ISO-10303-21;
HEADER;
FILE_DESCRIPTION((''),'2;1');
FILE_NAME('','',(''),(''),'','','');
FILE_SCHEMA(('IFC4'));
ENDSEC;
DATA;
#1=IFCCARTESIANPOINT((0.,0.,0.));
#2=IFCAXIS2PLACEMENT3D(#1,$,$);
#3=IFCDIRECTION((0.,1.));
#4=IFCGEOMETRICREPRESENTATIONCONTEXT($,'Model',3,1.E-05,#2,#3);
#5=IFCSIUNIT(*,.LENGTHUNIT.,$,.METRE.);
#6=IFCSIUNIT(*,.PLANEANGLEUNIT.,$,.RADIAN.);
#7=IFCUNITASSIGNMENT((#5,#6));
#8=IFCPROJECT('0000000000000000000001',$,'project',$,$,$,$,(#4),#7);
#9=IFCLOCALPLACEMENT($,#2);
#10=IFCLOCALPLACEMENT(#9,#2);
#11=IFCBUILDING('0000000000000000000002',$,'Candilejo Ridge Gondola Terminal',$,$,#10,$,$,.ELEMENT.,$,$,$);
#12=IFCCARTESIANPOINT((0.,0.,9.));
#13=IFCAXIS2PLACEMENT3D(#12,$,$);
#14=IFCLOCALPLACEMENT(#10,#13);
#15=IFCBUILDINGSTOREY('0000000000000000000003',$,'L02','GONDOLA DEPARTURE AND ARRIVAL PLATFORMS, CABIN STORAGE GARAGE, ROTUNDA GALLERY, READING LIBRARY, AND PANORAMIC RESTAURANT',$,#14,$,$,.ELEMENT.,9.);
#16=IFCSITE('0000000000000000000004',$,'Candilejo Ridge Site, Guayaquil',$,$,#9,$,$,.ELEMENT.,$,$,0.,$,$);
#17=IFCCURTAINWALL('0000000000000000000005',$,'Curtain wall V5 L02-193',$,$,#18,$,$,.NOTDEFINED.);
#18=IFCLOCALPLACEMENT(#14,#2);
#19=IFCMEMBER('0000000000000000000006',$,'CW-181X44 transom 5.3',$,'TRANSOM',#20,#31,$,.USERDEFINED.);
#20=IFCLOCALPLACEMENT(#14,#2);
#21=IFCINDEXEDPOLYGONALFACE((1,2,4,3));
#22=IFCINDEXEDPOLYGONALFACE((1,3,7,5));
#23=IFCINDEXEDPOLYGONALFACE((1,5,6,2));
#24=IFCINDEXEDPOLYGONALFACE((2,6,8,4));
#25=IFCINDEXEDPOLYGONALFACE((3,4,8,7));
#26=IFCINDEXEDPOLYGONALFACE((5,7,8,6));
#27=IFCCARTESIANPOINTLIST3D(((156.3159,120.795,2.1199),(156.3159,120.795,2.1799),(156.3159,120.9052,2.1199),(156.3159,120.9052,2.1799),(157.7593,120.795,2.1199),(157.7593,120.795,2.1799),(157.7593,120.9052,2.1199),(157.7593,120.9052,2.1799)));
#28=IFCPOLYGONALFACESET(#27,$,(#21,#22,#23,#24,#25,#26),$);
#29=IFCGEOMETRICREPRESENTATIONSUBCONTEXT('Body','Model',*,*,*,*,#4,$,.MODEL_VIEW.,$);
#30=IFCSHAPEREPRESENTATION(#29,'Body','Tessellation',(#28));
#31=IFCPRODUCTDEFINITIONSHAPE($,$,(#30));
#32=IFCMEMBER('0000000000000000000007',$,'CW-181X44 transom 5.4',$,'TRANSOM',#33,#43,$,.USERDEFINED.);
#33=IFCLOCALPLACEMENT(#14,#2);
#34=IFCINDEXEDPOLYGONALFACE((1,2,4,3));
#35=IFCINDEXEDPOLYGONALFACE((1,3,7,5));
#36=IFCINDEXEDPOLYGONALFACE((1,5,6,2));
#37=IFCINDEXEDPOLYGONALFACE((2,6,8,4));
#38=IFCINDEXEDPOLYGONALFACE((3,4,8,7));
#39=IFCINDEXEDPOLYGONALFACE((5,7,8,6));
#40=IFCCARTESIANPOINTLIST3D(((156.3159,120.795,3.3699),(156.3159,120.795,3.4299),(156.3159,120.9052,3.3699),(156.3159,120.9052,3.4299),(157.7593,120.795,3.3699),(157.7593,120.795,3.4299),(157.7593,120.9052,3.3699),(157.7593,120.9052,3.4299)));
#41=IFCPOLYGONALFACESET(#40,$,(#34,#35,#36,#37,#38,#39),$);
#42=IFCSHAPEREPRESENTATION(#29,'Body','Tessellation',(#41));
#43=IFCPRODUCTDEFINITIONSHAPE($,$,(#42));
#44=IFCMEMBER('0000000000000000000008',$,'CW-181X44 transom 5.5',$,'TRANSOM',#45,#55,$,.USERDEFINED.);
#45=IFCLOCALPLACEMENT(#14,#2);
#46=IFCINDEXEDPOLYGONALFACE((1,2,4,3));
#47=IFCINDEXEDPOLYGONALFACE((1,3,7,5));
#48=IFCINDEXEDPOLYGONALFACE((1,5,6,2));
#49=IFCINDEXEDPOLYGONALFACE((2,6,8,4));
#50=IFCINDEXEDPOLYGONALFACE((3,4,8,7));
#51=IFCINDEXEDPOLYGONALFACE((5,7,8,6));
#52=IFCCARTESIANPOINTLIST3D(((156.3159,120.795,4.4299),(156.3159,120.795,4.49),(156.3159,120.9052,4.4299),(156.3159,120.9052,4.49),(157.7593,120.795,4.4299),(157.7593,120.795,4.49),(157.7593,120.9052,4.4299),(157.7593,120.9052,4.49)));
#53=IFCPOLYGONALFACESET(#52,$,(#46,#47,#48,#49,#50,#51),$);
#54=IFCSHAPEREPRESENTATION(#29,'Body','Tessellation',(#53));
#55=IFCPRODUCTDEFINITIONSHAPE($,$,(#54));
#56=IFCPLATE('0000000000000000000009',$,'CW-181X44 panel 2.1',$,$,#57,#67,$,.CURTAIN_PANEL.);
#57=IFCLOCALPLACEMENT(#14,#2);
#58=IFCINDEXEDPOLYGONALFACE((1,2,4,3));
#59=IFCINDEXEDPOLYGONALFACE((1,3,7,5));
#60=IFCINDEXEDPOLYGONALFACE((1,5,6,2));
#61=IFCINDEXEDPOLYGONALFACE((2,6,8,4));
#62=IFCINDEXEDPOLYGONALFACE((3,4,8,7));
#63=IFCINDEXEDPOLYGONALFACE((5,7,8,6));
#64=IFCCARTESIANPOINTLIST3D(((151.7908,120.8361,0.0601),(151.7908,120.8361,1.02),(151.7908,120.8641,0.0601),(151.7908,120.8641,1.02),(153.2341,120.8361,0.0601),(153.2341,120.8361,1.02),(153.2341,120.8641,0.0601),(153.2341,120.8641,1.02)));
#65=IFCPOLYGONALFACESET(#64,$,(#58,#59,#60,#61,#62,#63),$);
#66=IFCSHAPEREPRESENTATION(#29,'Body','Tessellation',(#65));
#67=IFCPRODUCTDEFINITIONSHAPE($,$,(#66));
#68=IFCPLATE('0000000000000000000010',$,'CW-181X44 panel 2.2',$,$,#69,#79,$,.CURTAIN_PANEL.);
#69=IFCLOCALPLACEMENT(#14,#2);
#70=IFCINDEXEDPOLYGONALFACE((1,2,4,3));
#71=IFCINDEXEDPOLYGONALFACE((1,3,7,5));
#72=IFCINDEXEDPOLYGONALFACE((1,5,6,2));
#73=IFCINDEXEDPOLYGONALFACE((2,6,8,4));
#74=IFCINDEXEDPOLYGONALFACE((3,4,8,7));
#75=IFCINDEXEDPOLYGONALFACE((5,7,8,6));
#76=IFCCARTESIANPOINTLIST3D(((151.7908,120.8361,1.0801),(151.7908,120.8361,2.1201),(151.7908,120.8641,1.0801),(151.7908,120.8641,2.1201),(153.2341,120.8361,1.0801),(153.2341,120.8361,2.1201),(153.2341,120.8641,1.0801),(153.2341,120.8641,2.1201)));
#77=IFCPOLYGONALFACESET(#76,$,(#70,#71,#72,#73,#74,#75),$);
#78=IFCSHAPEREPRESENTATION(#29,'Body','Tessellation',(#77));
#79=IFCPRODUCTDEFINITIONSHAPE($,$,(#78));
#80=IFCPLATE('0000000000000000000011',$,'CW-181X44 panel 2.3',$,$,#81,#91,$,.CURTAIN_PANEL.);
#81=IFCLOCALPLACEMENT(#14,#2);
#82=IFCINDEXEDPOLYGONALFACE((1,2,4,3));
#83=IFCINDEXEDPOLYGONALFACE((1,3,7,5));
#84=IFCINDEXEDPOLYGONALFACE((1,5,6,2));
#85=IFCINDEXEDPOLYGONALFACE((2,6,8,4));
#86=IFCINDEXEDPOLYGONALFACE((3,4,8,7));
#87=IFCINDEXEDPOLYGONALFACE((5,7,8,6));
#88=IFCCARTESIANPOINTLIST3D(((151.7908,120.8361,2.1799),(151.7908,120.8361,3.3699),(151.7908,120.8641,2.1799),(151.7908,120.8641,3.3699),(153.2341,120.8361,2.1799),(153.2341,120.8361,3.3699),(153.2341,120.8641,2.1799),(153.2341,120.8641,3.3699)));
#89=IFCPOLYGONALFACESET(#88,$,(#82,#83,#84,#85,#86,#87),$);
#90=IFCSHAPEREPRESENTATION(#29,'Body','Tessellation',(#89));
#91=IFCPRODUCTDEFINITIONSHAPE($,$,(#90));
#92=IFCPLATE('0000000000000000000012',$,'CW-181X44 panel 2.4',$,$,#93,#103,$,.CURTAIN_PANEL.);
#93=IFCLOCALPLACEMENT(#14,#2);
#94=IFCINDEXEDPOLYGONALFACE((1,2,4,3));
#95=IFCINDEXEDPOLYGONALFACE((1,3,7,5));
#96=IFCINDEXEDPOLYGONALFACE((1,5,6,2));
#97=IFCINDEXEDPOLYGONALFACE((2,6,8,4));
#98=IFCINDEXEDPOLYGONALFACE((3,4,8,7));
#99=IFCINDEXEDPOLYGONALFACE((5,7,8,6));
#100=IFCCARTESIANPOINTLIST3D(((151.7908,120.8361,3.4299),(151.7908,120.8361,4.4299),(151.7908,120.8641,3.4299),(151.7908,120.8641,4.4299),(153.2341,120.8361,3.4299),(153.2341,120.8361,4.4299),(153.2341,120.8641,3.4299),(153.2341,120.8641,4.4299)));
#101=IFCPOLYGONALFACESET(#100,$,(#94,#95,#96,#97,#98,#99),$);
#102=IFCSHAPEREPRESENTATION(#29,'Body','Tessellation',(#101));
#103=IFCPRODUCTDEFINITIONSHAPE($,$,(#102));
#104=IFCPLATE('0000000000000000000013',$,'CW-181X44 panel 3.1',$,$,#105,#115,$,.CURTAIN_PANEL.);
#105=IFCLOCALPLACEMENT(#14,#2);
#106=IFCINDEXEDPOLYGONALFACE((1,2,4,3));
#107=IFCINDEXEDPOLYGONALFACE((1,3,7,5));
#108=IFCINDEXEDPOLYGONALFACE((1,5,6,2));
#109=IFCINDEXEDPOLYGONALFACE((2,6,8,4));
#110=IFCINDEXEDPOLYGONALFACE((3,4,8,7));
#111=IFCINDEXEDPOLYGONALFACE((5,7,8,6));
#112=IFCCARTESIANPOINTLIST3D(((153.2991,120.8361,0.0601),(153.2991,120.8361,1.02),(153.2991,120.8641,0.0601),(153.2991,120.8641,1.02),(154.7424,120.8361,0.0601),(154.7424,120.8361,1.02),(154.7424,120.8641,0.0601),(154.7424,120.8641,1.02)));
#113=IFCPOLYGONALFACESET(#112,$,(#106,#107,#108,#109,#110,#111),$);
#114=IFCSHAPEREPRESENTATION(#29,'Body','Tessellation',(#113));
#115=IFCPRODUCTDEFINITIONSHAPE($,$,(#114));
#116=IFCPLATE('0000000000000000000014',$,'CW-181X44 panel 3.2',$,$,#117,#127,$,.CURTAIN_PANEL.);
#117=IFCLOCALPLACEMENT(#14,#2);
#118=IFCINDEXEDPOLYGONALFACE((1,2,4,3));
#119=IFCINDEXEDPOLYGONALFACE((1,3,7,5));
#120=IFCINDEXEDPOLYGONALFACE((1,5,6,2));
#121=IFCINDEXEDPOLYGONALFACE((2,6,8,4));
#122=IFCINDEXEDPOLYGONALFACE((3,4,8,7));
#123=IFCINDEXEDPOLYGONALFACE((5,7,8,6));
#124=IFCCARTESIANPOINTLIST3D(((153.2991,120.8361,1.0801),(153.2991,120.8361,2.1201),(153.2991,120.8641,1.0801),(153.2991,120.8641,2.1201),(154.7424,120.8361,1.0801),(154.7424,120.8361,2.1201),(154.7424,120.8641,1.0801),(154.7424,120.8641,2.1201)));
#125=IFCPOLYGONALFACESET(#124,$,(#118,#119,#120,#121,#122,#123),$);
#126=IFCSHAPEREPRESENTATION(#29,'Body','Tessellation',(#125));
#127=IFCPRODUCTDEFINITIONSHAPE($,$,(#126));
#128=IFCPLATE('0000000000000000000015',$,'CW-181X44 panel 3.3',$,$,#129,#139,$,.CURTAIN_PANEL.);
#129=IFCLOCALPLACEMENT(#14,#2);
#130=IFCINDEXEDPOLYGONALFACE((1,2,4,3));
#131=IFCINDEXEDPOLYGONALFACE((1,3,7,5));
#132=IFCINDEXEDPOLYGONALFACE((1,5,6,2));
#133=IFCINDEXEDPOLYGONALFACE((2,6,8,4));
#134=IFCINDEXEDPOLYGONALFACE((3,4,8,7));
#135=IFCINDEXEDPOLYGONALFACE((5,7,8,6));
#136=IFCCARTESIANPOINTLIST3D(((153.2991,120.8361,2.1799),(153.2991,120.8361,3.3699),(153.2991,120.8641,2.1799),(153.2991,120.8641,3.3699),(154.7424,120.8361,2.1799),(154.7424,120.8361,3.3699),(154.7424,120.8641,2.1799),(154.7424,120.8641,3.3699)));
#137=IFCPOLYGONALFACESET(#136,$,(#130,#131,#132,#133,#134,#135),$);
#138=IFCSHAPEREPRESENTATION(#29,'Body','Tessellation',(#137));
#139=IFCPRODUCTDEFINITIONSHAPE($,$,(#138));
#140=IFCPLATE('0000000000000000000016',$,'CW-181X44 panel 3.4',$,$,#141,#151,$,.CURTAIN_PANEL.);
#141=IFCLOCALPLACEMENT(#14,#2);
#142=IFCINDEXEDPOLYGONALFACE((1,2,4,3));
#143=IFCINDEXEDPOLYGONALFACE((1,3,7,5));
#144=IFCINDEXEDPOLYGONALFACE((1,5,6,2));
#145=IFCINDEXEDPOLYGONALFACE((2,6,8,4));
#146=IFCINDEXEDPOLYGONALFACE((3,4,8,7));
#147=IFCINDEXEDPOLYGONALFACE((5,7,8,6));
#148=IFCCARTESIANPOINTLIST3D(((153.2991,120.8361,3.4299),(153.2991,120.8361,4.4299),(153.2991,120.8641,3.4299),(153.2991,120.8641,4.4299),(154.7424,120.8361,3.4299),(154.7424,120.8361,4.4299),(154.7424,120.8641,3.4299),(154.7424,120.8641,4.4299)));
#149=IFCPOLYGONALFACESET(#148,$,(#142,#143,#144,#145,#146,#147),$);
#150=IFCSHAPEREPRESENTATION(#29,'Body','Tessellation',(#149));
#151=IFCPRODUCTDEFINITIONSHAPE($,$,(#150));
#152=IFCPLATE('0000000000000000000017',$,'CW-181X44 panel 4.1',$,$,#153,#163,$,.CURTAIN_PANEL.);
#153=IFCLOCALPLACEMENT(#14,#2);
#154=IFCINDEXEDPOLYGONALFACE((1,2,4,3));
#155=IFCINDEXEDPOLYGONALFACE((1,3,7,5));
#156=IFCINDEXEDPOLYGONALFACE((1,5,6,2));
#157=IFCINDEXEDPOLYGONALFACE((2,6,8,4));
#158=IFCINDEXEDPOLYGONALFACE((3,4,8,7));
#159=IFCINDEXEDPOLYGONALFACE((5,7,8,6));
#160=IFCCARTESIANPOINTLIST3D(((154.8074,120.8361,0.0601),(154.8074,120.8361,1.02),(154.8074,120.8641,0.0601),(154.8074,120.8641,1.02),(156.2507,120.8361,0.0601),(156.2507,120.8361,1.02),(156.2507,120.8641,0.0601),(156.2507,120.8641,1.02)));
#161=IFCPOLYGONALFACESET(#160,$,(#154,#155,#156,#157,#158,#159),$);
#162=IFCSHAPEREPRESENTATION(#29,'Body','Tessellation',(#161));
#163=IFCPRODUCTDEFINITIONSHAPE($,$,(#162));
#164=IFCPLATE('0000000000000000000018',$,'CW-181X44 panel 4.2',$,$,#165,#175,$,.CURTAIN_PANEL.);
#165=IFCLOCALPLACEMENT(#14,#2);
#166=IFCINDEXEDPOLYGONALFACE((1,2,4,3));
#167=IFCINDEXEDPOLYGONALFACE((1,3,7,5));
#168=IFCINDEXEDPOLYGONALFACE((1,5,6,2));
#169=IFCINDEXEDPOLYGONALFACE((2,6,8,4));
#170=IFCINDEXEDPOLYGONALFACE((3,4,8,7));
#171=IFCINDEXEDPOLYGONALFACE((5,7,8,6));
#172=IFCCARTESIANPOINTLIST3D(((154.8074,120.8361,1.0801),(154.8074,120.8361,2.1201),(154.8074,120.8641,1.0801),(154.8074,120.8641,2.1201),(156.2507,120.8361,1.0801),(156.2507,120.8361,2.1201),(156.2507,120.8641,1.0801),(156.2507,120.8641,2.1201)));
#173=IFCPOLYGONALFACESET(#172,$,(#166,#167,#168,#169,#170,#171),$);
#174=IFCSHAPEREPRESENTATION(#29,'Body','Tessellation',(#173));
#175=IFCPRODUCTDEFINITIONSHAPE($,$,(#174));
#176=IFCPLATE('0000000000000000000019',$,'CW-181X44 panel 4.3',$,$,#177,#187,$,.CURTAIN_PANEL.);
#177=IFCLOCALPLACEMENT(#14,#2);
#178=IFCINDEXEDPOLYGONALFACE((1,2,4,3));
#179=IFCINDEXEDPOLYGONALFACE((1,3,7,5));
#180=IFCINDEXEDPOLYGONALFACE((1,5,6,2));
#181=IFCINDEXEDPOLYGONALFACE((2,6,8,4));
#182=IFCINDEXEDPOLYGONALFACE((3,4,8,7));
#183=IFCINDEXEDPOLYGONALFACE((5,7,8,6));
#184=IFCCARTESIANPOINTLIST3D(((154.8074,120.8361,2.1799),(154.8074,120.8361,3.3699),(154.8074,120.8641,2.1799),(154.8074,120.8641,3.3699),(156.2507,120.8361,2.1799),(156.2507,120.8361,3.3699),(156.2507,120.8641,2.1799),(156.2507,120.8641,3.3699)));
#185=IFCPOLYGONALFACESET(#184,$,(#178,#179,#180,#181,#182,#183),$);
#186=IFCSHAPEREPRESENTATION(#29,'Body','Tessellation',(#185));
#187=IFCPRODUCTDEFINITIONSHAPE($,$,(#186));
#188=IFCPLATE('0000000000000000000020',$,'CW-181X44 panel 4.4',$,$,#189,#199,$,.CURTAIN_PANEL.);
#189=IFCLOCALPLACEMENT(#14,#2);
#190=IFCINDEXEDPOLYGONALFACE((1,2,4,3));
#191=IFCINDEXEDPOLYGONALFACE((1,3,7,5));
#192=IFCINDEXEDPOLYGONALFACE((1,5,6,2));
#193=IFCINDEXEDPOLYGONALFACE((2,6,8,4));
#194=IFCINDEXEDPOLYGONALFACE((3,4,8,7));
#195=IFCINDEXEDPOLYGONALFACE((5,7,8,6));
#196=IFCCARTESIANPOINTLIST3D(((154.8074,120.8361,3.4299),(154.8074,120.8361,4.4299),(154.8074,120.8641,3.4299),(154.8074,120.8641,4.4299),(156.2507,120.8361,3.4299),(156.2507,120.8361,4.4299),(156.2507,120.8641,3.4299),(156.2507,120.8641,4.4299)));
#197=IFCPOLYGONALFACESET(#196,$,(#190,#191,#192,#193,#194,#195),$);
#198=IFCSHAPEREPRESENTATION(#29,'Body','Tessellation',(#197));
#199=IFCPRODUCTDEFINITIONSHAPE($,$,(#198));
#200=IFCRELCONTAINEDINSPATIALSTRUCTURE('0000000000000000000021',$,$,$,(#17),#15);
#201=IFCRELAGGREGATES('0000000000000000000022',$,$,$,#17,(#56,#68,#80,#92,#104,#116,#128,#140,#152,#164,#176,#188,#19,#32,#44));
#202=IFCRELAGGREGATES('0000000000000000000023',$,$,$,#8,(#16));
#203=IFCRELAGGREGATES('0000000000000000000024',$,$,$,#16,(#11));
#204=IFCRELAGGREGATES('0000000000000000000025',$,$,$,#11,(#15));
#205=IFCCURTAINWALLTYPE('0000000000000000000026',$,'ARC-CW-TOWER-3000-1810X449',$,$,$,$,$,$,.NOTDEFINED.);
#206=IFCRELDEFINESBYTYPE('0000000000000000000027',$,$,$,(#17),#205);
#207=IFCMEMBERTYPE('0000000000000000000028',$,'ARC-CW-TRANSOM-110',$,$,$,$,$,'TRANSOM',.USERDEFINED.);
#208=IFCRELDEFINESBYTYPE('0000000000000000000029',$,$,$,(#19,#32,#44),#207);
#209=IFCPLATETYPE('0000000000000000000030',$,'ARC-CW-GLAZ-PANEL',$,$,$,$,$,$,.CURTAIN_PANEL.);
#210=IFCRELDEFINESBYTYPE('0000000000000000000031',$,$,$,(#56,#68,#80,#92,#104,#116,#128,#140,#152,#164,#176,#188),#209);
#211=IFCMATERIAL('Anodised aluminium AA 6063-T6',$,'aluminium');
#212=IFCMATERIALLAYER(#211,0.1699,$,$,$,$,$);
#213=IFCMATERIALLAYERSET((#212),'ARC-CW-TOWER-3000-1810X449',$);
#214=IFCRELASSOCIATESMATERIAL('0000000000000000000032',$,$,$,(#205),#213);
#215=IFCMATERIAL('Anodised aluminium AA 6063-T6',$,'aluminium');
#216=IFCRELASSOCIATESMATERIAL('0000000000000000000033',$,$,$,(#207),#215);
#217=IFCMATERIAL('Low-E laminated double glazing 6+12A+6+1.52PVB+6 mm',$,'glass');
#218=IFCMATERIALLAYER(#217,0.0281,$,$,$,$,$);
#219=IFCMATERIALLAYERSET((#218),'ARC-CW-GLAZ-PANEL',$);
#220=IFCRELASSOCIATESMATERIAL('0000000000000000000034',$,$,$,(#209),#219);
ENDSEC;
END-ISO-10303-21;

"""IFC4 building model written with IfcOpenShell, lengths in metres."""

from ifc_helpers import new_model, si_unit, direction, frame, origin, origin_2d, place, context, subcontext, project, spatial, rectangle, extrude, material, layer, layer_set, material_profile, profile_set, type_object, element, aggregate, save


model = new_model("IFC4")

# Units and contexts
model_context = context("Model", 3, precision=1e-05, world=origin(), true_north=direction((0.0, 1.0)))
body_context = subcontext(model_context, "Body", "Model", "MODEL_VIEW")
ifc_project = project(units=[si_unit("LENGTHUNIT", "METRE"), si_unit("PLANEANGLEUNIT", "RADIAN")], contexts=[model_context])

# Site, building, storey
site_placement = place(None, origin())
site = spatial("IfcSite", under=ifc_project, at=site_placement, Name="Candilejo Ridge Site, Guayaquil", CompositionType="ELEMENT", RefElevation=0.0)
building_placement = place(site_placement, origin())
building = spatial("IfcBuilding", under=site, at=building_placement, Name="Candilejo Ridge Gondola Terminal", CompositionType="ELEMENT")
storey_placement = place(building_placement, frame((0.0, 0.0, 9.0)))
storey = spatial("IfcBuildingStorey", under=building, at=storey_placement, Name="L02", Description="GONDOLA DEPARTURE AND ARRIVAL PLATFORMS, CABIN STORAGE GARAGE, ROTUNDA GALLERY, READING LIBRARY, AND PANORAMIC RESTAURANT", CompositionType="ELEMENT", Elevation=9.0)

# Curtain wall, members, plates
ifc_material_1 = material(Name="Anodised aluminium AA 6063-T6", Category="aluminium")
ifc_layer_1 = layer(ifc_material_1, 0.1699)
ifc_layer_set_1 = layer_set([ifc_layer_1], Name="ARC-CW-TOWER-3000-1810X449")
curtain_wall_type = type_object("IfcCurtainWallType", Name="ARC-CW-TOWER-3000-1810X449", PredefinedType="NOTDEFINED", material=ifc_layer_set_1)
curtain_wall_placement = place(storey_placement, origin())
curtain_wall = element("IfcCurtainWall", 1, at=curtain_wall_placement, inside=storey, type_object=curtain_wall_type, Name="Curtain wall V5 L02-193", PredefinedType="NOTDEFINED")
ifc_material_2 = material(Name="Anodised aluminium AA 6063-T6", Category="aluminium")
ifc_material_profile_1 = material_profile(ifc_material_2, rectangle(XDim=0.1101, YDim=0.0601, at=origin_2d()))
ifc_profile_set_1 = profile_set([ifc_material_profile_1], Name="Anodised aluminium AA 6063-T6")
member_type_1 = type_object("IfcMemberType", Name="ARC-CW-TRANSOM-110", ElementType="TRANSOM", PredefinedType="USERDEFINED", material=ifc_profile_set_1)
member_1_placement = place(storey_placement, frame((156.3159, 120.8501, 2.1499), z_axis=(1.0, 0.0, 0.0), x_axis=(0.0, 1.0, 0.0)))
member_1 = element("IfcMember", 2, at=member_1_placement, type_object=member_type_1, Name="CW-181X44 transom 5.3", ObjectType="TRANSOM", PredefinedType="USERDEFINED", context=body_context, shape_type="SweptSolid", body=[
    extrude(rectangle(XDim=0.1101, YDim=0.0601, at=origin_2d()), origin(), (0.0, 0.0, 1.0), 1.4434),
])
member_2_placement = place(storey_placement, frame((156.3159, 120.8501, 3.3999), z_axis=(1.0, 0.0, 0.0), x_axis=(0.0, 1.0, 0.0)))
member_2 = element("IfcMember", 3, at=member_2_placement, type_object=member_type_1, Name="CW-181X44 transom 5.4", ObjectType="TRANSOM", PredefinedType="USERDEFINED", context=body_context, shape_type="SweptSolid", body=[
    extrude(rectangle(XDim=0.1101, YDim=0.0601, at=origin_2d()), origin(), (0.0, 0.0, 1.0), 1.4434),
])
member_3_placement = place(storey_placement, frame((156.3159, 120.8501, 4.46), z_axis=(1.0, 0.0, 0.0), x_axis=(0.0, 1.0, 0.0)))
member_3 = element("IfcMember", 4, at=member_3_placement, type_object=member_type_1, Name="CW-181X44 transom 5.5", ObjectType="TRANSOM", PredefinedType="USERDEFINED", context=body_context, shape_type="SweptSolid", body=[
    extrude(rectangle(XDim=0.1101, YDim=0.0601, at=origin_2d()), origin(), (0.0, 0.0, 1.0), 1.4434),
])
ifc_material_3 = material(Name="Low-E laminated double glazing 6+12A+6+1.52PVB+6 mm", Category="glass")
ifc_layer_2 = layer(ifc_material_3, 0.0281)
ifc_layer_set_2 = layer_set([ifc_layer_2], Name="ARC-CW-GLAZ-PANEL")
plate_type = type_object("IfcPlateType", Name="ARC-CW-GLAZ-PANEL", PredefinedType="CURTAIN_PANEL", material=ifc_layer_set_2)
plate_1_placement = place(storey_placement, frame((152.5125, 120.8501, 0.0601), z_axis=(0.0, 0.0, 1.0), x_axis=(1.0, 0.0, 0.0)))
plate_1 = element("IfcPlate", 5, at=plate_1_placement, type_object=plate_type, Name="CW-181X44 panel 2.1", PredefinedType="CURTAIN_PANEL", context=body_context, shape_type="SweptSolid", body=[
    extrude(rectangle(XDim=1.4434, YDim=0.0281, at=origin_2d()), origin(), (0.0, 0.0, 1.0), 0.96),
])
plate_2_placement = place(storey_placement, frame((152.5125, 120.8501, 1.0801), z_axis=(0.0, 0.0, 1.0), x_axis=(1.0, 0.0, 0.0)))
plate_2 = element("IfcPlate", 6, at=plate_2_placement, type_object=plate_type, Name="CW-181X44 panel 2.2", PredefinedType="CURTAIN_PANEL", context=body_context, shape_type="SweptSolid", body=[
    extrude(rectangle(XDim=1.4434, YDim=0.0281, at=origin_2d()), origin(), (0.0, 0.0, 1.0), 1.04),
])
plate_3_placement = place(storey_placement, frame((152.5125, 120.8501, 2.1799), z_axis=(0.0, 0.0, 1.0), x_axis=(1.0, 0.0, 0.0)))
plate_3 = element("IfcPlate", 7, at=plate_3_placement, type_object=plate_type, Name="CW-181X44 panel 2.3", PredefinedType="CURTAIN_PANEL", context=body_context, shape_type="SweptSolid", body=[
    extrude(rectangle(XDim=1.4434, YDim=0.0281, at=origin_2d()), origin(), (0.0, 0.0, 1.0), 1.1899),
])
plate_4_placement = place(storey_placement, frame((152.5125, 120.8501, 3.4299), z_axis=(0.0, 0.0, 1.0), x_axis=(1.0, 0.0, 0.0)))
plate_4 = element("IfcPlate", 8, at=plate_4_placement, type_object=plate_type, Name="CW-181X44 panel 2.4", PredefinedType="CURTAIN_PANEL", context=body_context, shape_type="SweptSolid", body=[
    extrude(rectangle(XDim=1.4434, YDim=0.0281, at=origin_2d()), origin(), (0.0, 0.0, 1.0), 1.0),
])
plate_5_placement = place(storey_placement, frame((154.0208, 120.8501, 0.0601), z_axis=(0.0, 0.0, 1.0), x_axis=(1.0, 0.0, 0.0)))
plate_5 = element("IfcPlate", 9, at=plate_5_placement, type_object=plate_type, Name="CW-181X44 panel 3.1", PredefinedType="CURTAIN_PANEL", context=body_context, shape_type="SweptSolid", body=[
    extrude(rectangle(XDim=1.4434, YDim=0.0281, at=origin_2d()), origin(), (0.0, 0.0, 1.0), 0.96),
])
plate_6_placement = place(storey_placement, frame((154.0208, 120.8501, 1.0801), z_axis=(0.0, 0.0, 1.0), x_axis=(1.0, 0.0, 0.0)))
plate_6 = element("IfcPlate", 10, at=plate_6_placement, type_object=plate_type, Name="CW-181X44 panel 3.2", PredefinedType="CURTAIN_PANEL", context=body_context, shape_type="SweptSolid", body=[
    extrude(rectangle(XDim=1.4434, YDim=0.0281, at=origin_2d()), origin(), (0.0, 0.0, 1.0), 1.04),
])
plate_7_placement = place(storey_placement, frame((154.0208, 120.8501, 2.1799), z_axis=(0.0, 0.0, 1.0), x_axis=(1.0, 0.0, 0.0)))
plate_7 = element("IfcPlate", 11, at=plate_7_placement, type_object=plate_type, Name="CW-181X44 panel 3.3", PredefinedType="CURTAIN_PANEL", context=body_context, shape_type="SweptSolid", body=[
    extrude(rectangle(XDim=1.4434, YDim=0.0281, at=origin_2d()), origin(), (0.0, 0.0, 1.0), 1.1899),
])
plate_8_placement = place(storey_placement, frame((154.0208, 120.8501, 3.4299), z_axis=(0.0, 0.0, 1.0), x_axis=(1.0, 0.0, 0.0)))
plate_8 = element("IfcPlate", 12, at=plate_8_placement, type_object=plate_type, Name="CW-181X44 panel 3.4", PredefinedType="CURTAIN_PANEL", context=body_context, shape_type="SweptSolid", body=[
    extrude(rectangle(XDim=1.4434, YDim=0.0281, at=origin_2d()), origin(), (0.0, 0.0, 1.0), 1.0),
])
plate_9_placement = place(storey_placement, frame((155.5291, 120.8501, 0.0601), z_axis=(0.0, 0.0, 1.0), x_axis=(1.0, 0.0, 0.0)))
plate_9 = element("IfcPlate", 13, at=plate_9_placement, type_object=plate_type, Name="CW-181X44 panel 4.1", PredefinedType="CURTAIN_PANEL", context=body_context, shape_type="SweptSolid", body=[
    extrude(rectangle(XDim=1.4434, YDim=0.0281, at=origin_2d()), origin(), (0.0, 0.0, 1.0), 0.96),
])
plate_10_placement = place(storey_placement, frame((155.5291, 120.8501, 1.0801), z_axis=(0.0, 0.0, 1.0), x_axis=(1.0, 0.0, 0.0)))
plate_10 = element("IfcPlate", 14, at=plate_10_placement, type_object=plate_type, Name="CW-181X44 panel 4.2", PredefinedType="CURTAIN_PANEL", context=body_context, shape_type="SweptSolid", body=[
    extrude(rectangle(XDim=1.4434, YDim=0.0281, at=origin_2d()), origin(), (0.0, 0.0, 1.0), 1.04),
])
plate_11_placement = place(storey_placement, frame((155.5291, 120.8501, 2.1799), z_axis=(0.0, 0.0, 1.0), x_axis=(1.0, 0.0, 0.0)))
plate_11 = element("IfcPlate", 15, at=plate_11_placement, type_object=plate_type, Name="CW-181X44 panel 4.3", PredefinedType="CURTAIN_PANEL", context=body_context, shape_type="SweptSolid", body=[
    extrude(rectangle(XDim=1.4434, YDim=0.0281, at=origin_2d()), origin(), (0.0, 0.0, 1.0), 1.1899),
])
plate_12_placement = place(storey_placement, frame((155.5291, 120.8501, 3.4299), z_axis=(0.0, 0.0, 1.0), x_axis=(1.0, 0.0, 0.0)))
plate_12 = element("IfcPlate", 16, at=plate_12_placement, type_object=plate_type, Name="CW-181X44 panel 4.4", PredefinedType="CURTAIN_PANEL", context=body_context, shape_type="SweptSolid", body=[
    extrude(rectangle(XDim=1.4434, YDim=0.0281, at=origin_2d()), origin(), (0.0, 0.0, 1.0), 1.0),
])
aggregate(curtain_wall, [plate_1, plate_2, plate_3, plate_4, plate_5, plate_6, plate_7, plate_8, plate_9, plate_10, plate_11, plate_12, member_1, member_2, member_3])

save(model, "model.ifc")
